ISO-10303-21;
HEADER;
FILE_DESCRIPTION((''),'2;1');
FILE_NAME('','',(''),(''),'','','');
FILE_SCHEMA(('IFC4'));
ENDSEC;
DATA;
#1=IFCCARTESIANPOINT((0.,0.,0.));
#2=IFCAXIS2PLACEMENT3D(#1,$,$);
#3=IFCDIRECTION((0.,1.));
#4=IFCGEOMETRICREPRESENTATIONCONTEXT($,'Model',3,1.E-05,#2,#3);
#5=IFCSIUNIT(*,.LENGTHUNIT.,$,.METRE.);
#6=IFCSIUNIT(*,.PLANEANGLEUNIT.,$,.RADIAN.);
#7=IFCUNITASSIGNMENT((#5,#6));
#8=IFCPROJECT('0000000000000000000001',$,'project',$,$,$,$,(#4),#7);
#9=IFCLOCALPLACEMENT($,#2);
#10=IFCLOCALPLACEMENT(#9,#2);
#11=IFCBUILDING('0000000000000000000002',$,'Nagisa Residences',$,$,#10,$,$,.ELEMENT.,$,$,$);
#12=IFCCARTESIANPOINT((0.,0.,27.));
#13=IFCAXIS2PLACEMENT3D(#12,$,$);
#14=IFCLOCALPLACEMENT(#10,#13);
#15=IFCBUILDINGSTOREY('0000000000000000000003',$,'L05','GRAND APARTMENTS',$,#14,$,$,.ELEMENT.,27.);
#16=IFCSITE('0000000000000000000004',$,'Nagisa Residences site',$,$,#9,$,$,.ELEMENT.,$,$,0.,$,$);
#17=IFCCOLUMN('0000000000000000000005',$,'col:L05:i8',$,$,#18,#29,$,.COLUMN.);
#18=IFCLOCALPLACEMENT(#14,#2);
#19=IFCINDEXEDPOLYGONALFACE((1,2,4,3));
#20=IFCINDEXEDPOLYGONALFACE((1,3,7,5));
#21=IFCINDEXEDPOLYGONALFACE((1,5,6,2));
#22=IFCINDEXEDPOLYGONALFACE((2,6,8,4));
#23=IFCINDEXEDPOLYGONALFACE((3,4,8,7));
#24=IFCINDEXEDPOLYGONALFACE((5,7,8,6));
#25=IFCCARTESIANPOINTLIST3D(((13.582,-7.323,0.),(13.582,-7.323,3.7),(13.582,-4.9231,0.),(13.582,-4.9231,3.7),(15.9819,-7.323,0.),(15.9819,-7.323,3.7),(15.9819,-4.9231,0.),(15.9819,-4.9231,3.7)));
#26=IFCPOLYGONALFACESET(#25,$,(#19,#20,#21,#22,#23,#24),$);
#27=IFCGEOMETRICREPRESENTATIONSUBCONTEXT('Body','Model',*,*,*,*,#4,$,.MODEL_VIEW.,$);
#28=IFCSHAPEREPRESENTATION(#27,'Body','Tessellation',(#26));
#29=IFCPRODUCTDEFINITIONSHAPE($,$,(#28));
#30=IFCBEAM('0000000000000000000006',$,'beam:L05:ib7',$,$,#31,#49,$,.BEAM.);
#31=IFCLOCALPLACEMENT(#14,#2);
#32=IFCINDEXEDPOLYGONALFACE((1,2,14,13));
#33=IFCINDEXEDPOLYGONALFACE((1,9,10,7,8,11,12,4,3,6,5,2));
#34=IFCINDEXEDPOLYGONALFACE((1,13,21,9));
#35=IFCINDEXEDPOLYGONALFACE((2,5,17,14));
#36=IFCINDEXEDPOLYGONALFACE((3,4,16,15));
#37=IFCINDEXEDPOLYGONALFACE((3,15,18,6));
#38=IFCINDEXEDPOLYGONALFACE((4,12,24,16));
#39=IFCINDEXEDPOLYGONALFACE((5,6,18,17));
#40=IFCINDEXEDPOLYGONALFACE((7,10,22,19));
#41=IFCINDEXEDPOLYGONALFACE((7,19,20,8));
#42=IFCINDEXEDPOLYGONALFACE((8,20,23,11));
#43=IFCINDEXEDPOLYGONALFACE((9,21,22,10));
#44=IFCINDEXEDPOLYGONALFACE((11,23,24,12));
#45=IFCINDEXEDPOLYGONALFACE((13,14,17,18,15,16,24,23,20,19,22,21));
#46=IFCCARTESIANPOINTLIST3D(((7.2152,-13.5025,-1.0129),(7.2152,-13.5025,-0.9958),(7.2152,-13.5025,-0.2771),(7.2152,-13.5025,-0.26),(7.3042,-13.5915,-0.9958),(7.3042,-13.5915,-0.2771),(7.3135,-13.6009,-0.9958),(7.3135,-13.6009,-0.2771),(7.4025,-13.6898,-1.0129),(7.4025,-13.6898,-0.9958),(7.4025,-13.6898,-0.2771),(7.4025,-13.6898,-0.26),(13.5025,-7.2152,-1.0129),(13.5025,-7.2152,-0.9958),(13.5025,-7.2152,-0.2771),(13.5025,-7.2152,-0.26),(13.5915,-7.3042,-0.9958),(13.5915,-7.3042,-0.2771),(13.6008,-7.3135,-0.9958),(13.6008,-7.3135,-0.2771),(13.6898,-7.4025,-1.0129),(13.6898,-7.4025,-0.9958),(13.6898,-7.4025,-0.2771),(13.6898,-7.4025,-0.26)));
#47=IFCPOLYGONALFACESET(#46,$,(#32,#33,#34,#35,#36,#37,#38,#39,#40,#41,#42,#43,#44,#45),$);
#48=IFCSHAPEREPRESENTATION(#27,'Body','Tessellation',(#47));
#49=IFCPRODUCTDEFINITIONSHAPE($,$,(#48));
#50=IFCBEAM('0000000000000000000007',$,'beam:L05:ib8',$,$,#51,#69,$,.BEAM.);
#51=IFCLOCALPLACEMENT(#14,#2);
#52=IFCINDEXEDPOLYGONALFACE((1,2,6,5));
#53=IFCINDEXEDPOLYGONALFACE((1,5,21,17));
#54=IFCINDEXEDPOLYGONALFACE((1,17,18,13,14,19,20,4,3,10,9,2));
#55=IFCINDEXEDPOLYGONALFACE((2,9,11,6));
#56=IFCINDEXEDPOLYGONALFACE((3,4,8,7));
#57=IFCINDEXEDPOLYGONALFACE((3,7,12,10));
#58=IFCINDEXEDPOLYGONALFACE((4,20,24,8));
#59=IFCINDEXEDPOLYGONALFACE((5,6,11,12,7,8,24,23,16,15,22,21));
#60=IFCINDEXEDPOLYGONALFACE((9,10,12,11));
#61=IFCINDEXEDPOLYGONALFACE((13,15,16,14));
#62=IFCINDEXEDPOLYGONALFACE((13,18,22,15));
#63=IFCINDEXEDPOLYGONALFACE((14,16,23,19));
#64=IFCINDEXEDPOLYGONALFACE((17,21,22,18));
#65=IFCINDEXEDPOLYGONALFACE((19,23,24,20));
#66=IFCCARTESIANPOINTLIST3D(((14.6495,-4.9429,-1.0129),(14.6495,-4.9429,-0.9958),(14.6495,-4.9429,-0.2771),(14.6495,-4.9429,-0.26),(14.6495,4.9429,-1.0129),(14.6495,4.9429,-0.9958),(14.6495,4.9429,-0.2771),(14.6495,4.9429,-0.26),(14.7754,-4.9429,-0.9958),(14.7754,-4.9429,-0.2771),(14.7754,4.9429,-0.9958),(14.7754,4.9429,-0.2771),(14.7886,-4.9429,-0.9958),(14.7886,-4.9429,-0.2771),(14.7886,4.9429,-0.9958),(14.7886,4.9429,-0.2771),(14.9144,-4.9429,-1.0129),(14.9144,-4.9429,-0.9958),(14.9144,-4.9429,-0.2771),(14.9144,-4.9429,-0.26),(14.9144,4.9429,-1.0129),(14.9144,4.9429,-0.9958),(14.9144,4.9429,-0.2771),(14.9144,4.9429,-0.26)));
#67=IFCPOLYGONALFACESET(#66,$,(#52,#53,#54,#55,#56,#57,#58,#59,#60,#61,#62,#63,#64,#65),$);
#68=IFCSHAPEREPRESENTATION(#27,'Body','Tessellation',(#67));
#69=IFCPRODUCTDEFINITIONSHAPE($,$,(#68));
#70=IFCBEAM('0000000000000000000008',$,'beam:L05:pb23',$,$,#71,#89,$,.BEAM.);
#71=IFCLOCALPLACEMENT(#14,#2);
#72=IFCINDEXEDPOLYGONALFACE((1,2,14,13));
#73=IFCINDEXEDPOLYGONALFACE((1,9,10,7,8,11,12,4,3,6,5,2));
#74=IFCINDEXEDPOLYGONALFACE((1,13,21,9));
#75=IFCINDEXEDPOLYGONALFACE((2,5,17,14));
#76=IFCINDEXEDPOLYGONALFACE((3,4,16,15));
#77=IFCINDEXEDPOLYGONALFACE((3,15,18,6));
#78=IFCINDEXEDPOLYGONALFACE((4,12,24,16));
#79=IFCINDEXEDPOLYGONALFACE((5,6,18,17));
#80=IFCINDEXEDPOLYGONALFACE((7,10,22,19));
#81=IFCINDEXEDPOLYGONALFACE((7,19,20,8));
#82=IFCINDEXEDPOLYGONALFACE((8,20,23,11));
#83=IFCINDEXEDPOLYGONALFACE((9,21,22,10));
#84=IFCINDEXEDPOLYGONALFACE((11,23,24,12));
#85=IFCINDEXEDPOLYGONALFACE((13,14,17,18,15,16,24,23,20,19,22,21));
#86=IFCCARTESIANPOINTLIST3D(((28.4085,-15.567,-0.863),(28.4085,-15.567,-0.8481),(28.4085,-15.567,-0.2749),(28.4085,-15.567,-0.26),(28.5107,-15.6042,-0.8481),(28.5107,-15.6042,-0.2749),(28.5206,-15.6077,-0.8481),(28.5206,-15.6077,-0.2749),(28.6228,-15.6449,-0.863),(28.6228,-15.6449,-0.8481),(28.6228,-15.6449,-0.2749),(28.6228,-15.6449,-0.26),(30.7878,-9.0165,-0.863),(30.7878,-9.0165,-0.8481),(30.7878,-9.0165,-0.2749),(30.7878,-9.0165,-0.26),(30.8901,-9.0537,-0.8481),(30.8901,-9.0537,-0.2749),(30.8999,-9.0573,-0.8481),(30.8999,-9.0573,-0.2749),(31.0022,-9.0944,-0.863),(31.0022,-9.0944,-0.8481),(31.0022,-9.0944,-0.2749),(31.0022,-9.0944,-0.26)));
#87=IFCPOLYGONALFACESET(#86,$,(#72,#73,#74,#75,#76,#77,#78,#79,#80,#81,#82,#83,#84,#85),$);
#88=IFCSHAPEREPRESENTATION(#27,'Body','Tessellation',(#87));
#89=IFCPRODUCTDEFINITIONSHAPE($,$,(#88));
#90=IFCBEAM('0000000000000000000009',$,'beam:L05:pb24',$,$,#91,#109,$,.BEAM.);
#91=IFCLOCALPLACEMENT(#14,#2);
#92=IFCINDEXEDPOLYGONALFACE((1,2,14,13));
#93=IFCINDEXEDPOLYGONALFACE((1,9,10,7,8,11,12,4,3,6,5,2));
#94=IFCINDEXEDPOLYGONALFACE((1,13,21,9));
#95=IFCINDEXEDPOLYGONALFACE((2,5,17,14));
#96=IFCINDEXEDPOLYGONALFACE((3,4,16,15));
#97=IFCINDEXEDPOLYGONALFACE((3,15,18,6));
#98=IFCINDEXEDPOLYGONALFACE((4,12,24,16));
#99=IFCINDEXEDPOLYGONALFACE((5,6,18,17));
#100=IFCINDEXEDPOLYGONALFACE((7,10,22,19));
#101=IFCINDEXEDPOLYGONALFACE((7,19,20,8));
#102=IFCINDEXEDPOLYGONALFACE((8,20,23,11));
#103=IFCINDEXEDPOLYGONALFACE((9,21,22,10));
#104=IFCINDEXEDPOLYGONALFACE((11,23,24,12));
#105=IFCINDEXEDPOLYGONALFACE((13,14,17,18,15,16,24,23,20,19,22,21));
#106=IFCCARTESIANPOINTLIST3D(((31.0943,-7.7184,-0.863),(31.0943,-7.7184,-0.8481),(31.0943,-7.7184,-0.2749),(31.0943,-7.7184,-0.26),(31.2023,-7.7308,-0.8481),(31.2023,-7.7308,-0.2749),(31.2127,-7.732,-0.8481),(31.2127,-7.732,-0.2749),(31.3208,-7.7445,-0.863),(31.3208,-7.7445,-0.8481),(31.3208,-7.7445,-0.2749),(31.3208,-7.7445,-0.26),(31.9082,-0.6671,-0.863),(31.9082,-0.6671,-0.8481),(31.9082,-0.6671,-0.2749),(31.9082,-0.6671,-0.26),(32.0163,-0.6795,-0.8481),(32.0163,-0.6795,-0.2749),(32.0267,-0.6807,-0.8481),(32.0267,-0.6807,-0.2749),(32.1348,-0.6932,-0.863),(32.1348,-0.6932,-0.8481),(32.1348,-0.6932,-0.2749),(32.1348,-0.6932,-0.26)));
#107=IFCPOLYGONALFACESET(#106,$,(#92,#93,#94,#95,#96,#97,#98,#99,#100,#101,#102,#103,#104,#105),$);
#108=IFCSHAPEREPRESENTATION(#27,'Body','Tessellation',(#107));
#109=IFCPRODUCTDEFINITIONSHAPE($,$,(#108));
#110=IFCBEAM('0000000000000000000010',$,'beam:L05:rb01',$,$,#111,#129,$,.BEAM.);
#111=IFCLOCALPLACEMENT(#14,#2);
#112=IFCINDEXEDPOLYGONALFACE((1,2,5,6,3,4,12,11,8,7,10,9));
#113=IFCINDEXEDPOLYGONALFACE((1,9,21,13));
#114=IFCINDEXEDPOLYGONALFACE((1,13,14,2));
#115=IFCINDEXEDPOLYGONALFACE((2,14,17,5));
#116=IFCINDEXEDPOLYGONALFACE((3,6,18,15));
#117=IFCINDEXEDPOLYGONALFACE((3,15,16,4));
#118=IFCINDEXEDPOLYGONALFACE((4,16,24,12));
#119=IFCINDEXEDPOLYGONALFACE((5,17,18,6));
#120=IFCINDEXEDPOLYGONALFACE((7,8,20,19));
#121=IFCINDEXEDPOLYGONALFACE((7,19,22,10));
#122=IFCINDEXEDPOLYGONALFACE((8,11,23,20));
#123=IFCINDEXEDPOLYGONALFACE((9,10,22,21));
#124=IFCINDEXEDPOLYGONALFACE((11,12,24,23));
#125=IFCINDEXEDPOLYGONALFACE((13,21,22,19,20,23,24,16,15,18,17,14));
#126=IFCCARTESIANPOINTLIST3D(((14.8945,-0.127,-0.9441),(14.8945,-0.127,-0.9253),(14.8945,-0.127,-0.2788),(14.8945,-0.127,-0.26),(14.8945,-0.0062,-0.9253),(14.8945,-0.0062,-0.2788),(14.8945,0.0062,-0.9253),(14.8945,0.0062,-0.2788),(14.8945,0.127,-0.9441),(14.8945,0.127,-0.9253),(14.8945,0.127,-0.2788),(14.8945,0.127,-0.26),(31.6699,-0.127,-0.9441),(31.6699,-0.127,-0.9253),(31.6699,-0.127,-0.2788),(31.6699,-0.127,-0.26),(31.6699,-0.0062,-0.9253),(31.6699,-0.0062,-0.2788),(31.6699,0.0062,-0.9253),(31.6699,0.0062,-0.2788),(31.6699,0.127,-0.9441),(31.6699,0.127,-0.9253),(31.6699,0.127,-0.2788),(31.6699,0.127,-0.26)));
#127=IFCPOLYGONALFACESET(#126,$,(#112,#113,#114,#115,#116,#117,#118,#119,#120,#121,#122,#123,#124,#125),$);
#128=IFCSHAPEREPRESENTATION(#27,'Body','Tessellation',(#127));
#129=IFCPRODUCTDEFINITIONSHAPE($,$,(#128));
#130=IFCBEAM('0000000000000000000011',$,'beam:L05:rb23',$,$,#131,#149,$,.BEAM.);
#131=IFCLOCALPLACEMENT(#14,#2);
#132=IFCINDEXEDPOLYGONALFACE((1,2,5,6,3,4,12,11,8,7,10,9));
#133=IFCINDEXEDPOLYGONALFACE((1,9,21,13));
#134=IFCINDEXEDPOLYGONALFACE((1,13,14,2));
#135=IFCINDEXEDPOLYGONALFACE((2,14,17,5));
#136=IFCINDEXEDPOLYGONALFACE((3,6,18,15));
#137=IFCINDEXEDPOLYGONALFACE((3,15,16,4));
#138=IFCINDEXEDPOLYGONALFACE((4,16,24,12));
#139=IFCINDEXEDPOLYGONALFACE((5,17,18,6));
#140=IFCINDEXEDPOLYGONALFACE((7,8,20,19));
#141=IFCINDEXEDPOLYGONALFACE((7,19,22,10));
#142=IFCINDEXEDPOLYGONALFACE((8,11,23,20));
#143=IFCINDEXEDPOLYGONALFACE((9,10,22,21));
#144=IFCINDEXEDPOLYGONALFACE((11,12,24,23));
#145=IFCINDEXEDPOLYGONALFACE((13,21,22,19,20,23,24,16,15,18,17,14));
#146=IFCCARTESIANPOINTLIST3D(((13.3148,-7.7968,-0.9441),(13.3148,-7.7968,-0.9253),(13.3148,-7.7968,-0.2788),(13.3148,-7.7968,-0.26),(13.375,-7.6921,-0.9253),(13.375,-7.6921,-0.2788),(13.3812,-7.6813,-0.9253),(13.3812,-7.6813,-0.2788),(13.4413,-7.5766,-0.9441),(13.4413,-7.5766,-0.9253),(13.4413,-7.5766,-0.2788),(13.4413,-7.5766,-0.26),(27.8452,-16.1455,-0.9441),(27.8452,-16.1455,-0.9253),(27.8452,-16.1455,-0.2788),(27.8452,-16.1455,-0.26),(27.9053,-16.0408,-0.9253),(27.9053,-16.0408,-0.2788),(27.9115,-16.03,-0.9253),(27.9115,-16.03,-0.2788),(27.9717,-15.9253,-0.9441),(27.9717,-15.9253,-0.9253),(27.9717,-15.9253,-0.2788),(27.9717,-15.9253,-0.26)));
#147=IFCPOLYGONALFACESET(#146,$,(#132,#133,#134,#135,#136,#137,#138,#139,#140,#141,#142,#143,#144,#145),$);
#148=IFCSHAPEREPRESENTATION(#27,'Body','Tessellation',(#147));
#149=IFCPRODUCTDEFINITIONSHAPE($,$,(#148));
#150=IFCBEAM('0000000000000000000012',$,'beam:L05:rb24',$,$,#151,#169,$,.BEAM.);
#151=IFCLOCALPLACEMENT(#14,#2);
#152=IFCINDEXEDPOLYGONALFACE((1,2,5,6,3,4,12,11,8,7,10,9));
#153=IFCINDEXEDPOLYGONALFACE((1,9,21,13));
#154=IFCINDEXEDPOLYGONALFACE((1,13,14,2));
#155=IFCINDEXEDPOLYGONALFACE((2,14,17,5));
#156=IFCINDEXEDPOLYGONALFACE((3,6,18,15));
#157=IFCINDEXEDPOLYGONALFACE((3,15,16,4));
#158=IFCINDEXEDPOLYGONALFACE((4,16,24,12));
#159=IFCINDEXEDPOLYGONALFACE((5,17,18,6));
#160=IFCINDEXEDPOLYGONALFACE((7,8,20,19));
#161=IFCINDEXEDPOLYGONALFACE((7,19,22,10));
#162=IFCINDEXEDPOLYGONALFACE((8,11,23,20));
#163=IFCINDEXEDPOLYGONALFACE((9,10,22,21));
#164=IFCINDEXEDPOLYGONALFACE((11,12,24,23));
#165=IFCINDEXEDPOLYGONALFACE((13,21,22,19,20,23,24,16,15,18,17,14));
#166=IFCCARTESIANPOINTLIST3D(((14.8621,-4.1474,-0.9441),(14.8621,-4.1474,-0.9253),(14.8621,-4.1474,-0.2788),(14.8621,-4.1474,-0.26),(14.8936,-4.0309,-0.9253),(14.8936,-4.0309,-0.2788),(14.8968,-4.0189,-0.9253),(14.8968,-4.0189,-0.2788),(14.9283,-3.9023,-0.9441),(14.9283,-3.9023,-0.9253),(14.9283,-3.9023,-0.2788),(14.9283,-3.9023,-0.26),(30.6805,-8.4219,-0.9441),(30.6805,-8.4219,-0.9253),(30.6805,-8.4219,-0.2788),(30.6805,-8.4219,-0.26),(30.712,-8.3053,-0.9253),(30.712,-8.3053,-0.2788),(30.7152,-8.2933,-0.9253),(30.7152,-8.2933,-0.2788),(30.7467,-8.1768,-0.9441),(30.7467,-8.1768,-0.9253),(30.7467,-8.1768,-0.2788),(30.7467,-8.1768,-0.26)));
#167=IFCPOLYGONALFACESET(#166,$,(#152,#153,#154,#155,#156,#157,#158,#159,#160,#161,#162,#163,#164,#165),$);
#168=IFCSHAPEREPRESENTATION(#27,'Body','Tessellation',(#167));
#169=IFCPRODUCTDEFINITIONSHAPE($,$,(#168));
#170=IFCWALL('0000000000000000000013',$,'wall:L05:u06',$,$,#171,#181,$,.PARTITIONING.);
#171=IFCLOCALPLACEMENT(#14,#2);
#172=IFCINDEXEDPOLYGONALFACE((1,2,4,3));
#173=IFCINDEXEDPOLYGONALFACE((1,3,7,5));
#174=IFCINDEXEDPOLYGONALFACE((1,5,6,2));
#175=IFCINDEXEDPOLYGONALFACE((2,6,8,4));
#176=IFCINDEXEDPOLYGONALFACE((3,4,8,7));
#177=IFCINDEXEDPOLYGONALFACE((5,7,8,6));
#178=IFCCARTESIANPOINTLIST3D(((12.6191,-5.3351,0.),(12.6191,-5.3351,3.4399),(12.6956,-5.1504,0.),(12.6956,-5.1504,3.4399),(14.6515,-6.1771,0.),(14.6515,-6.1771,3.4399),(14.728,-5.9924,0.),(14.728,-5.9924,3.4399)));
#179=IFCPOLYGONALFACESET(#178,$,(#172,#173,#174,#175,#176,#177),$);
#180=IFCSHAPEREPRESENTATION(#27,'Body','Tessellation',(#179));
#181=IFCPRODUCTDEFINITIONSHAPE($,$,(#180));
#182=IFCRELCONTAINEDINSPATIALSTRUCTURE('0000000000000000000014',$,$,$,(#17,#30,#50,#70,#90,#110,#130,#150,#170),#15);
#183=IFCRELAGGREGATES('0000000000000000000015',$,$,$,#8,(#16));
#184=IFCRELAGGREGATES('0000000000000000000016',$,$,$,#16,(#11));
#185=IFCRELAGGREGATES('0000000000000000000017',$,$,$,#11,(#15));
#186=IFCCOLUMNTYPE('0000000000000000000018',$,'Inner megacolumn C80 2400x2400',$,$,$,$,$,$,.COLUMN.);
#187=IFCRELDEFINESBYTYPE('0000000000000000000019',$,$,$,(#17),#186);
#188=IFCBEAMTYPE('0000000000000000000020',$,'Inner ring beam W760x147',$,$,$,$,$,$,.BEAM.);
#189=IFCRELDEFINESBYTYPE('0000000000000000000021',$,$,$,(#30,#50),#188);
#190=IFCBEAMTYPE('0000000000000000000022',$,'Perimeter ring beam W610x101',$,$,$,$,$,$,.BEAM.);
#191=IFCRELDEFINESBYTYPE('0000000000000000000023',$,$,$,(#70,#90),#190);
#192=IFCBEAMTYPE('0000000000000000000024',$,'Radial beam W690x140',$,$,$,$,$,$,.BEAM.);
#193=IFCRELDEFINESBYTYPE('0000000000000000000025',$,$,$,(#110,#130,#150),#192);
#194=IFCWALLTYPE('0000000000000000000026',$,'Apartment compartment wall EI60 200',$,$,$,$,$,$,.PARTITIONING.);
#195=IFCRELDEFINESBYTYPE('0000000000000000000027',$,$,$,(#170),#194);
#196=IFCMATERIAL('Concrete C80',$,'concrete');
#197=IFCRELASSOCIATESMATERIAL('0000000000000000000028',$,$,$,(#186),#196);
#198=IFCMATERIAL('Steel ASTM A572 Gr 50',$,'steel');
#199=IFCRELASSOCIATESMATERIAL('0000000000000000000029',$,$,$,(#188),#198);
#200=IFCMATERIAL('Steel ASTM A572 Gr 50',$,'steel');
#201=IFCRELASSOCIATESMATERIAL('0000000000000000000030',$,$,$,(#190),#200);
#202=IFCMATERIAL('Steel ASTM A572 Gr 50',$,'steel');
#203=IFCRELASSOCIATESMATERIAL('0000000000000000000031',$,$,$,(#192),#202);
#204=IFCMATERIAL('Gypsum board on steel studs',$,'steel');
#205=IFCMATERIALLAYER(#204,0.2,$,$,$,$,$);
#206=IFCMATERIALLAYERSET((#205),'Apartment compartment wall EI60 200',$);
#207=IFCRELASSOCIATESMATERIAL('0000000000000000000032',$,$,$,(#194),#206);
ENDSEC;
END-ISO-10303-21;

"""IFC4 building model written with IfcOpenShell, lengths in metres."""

from ifc_helpers import new_model, si_unit, direction, frame, frame_2d, origin, origin_2d, place, context, subcontext, project, spatial, rectangle, i_section, extrude, material, layer, layer_set, material_profile, profile_set, type_object, element, save


model = new_model("IFC4")

# Units and contexts
model_context = context("Model", 3, precision=1e-05, world=origin(), true_north=direction((0.0, 1.0)))
body_context = subcontext(model_context, "Body", "Model", "MODEL_VIEW")
ifc_project = project(units=[si_unit("LENGTHUNIT", "METRE"), si_unit("PLANEANGLEUNIT", "RADIAN")], contexts=[model_context])

# Site, building, storey
site_placement = place(None, origin())
site = spatial("IfcSite", under=ifc_project, at=site_placement, Name="Nagisa Residences site", CompositionType="ELEMENT", RefElevation=0.0)
building_placement = place(site_placement, origin())
building = spatial("IfcBuilding", under=site, at=building_placement, Name="Nagisa Residences", CompositionType="ELEMENT")
storey_placement = place(building_placement, frame((0.0, 0.0, 27.0)))
storey = spatial("IfcBuildingStorey", under=building, at=storey_placement, Name="L05", Description="GRAND APARTMENTS", CompositionType="ELEMENT", Elevation=27.0)

# Column
ifc_material_1 = material(Name="Concrete C80", Category="concrete")
ifc_material_profile_1 = material_profile(ifc_material_1, rectangle(XDim=2.3999, YDim=2.3999, at=origin_2d()), Name="C80 2400x2400")
ifc_profile_set_1 = profile_set([ifc_material_profile_1], Name="Concrete C80")
column_type = type_object("IfcColumnType", Name="Inner megacolumn C80 2400x2400", PredefinedType="COLUMN", material=ifc_profile_set_1)
column_placement = place(storey_placement, frame((14.782, -6.123, 0.0), z_axis=(0.0, 0.0, 1.0), x_axis=(1.0, 0.0, 0.0)))
element("IfcColumn", 1, at=column_placement, inside=storey, type_object=column_type, Name="col:L05:i8", PredefinedType="COLUMN", context=body_context, shape_type="SweptSolid", body=[
    extrude(rectangle(XDim=2.3999, YDim=2.3999, at=origin_2d()), origin(), (0.0, 0.0, 1.0), 3.7),
])

# Beams
ifc_material_2 = material(Name="Steel ASTM A572 Gr 50", Category="steel")
ifc_material_profile_2 = material_profile(ifc_material_2, i_section(OverallWidth=0.2649, OverallDepth=0.7529, WebThickness=0.0132, FlangeThickness=0.0171, at=origin_2d()), Name="W760x147")
ifc_profile_set_2 = profile_set([ifc_material_profile_2], Name="Steel ASTM A572 Gr 50")
beam_type_1 = type_object("IfcBeamType", Name="Inner ring beam W760x147", PredefinedType="BEAM", material=ifc_profile_set_2)
beam_1_placement = place(storey_placement, frame((7.3088, -13.5962, -0.6365), z_axis=(0.707107, 0.707107, 0.0), x_axis=(-0.707107, 0.707107, 0.0)))
element("IfcBeam", 2, at=beam_1_placement, inside=storey, type_object=beam_type_1, Name="beam:L05:ib7", PredefinedType="BEAM", context=body_context, shape_type="SweptSolid", body=[
    extrude(i_section(OverallWidth=0.2649, OverallDepth=0.7529, WebThickness=0.0132, FlangeThickness=0.0171, at=origin_2d()), origin(), (0.0, 0.0, 1.0), 8.8916),
])
beam_2_placement = place(storey_placement, frame((14.782, -4.9429, -0.6365), z_axis=(0.0, 1.0, 0.0), x_axis=(-1.0, 0.0, 0.0)))
element("IfcBeam", 3, at=beam_2_placement, inside=storey, type_object=beam_type_1, Name="beam:L05:ib8", PredefinedType="BEAM", context=body_context, shape_type="SweptSolid", body=[
    extrude(i_section(OverallWidth=0.2649, OverallDepth=0.7529, WebThickness=0.0132, FlangeThickness=0.0171, at=origin_2d()), origin(), (0.0, 0.0, 1.0), 9.8857),
])
ifc_material_3 = material(Name="Steel ASTM A572 Gr 50", Category="steel")
ifc_material_profile_3 = material_profile(ifc_material_3, i_section(OverallWidth=0.228, OverallDepth=0.603, WebThickness=0.0105, FlangeThickness=0.0149, at=origin_2d()), Name="W610x101")
ifc_profile_set_3 = profile_set([ifc_material_profile_3], Name="Steel ASTM A572 Gr 50")
beam_type_2 = type_object("IfcBeamType", Name="Perimeter ring beam W610x101", PredefinedType="BEAM", material=ifc_profile_set_3)
beam_3_placement = place(storey_placement, frame((28.5156, -15.606, -0.5615), z_axis=(0.341411, 0.939914, 0.0), x_axis=(-0.939914, 0.341411, 0.0)))
element("IfcBeam", 4, at=beam_3_placement, inside=storey, type_object=beam_type_2, Name="beam:L05:pb23", PredefinedType="BEAM", context=body_context, shape_type="SweptSolid", body=[
    extrude(i_section(OverallWidth=0.228, OverallDepth=0.603, WebThickness=0.0105, FlangeThickness=0.0149, at=origin_2d()), origin(), (0.0, 0.0, 1.0), 6.9692),
])
beam_4_placement = place(storey_placement, frame((31.2075, -7.7314, -0.5615), z_axis=(0.114674, 0.993403, 0.0), x_axis=(-0.993403, 0.114674, 0.0)))
element("IfcBeam", 5, at=beam_4_placement, inside=storey, type_object=beam_type_2, Name="beam:L05:pb24", PredefinedType="BEAM", context=body_context, shape_type="SweptSolid", body=[
    extrude(i_section(OverallWidth=0.228, OverallDepth=0.603, WebThickness=0.0105, FlangeThickness=0.0149, at=origin_2d()), origin(), (0.0, 0.0, 1.0), 7.0981),
])
ifc_material_4 = material(Name="Steel ASTM A572 Gr 50", Category="steel")
ifc_material_profile_4 = material_profile(ifc_material_4, i_section(OverallWidth=0.2539, OverallDepth=0.6841, WebThickness=0.0125, FlangeThickness=0.0188, at=origin_2d()), Name="W690x140")
ifc_profile_set_4 = profile_set([ifc_material_profile_4], Name="Steel ASTM A572 Gr 50")
beam_type_3 = type_object("IfcBeamType", Name="Radial beam W690x140", PredefinedType="BEAM", material=ifc_profile_set_4)
beam_5_placement = place(storey_placement, frame((31.6699, 0.0, -0.6021), z_axis=(-1.0, 0.0, 0.0), x_axis=(0.0, -1.0, 0.0)))
element("IfcBeam", 6, at=beam_5_placement, inside=storey, type_object=beam_type_3, Name="beam:L05:rb01", PredefinedType="BEAM", context=body_context, shape_type="SweptSolid", body=[
    extrude(i_section(OverallWidth=0.2539, OverallDepth=0.6841, WebThickness=0.0125, FlangeThickness=0.0188, at=origin_2d()), origin(), (0.0, 0.0, 1.0), 16.7754),
])
beam_6_placement = place(storey_placement, frame((27.9084, -16.0354, -0.6021), z_axis=(-0.867068, 0.49819, 0.0), x_axis=(-0.49819, -0.867068, 0.0)))
element("IfcBeam", 7, at=beam_6_placement, inside=storey, type_object=beam_type_3, Name="beam:L05:rb23", PredefinedType="BEAM", context=body_context, shape_type="SweptSolid", body=[
    extrude(i_section(OverallWidth=0.2539, OverallDepth=0.6841, WebThickness=0.0125, FlangeThickness=0.0188, at=origin_2d()), origin(), (0.0, 0.0, 1.0), 16.7581),
])
beam_7_placement = place(storey_placement, frame((30.7136, -8.2993, -0.6021), z_axis=(-0.965376, 0.260862, 0.0), x_axis=(-0.260862, -0.965376, 0.0)))
element("IfcBeam", 8, at=beam_7_placement, inside=storey, type_object=beam_type_3, Name="beam:L05:rb24", PredefinedType="BEAM", context=body_context, shape_type="SweptSolid", body=[
    extrude(i_section(OverallWidth=0.2539, OverallDepth=0.6841, WebThickness=0.0125, FlangeThickness=0.0188, at=origin_2d()), origin(), (0.0, 0.0, 1.0), 16.3857),
])

# Wall
ifc_material_5 = material(Name="Gypsum board on steel studs", Category="steel")
ifc_layer_1 = layer(ifc_material_5, 0.2)
ifc_layer_set_1 = layer_set([ifc_layer_1], Name="Apartment compartment wall EI60 200")
wall_type_1 = type_object("IfcWallType", Name="Apartment compartment wall EI60 200", PredefinedType="PARTITIONING", material=ifc_layer_set_1)
wall_1_placement = place(storey_placement, frame((12.6572, -5.2427, 0.0), z_axis=(0.0, 0.0, 1.0), x_axis=(0.923853, -0.382747, 0.0)))
element("IfcWall", 9, at=wall_1_placement, inside=storey, type_object=wall_type_1, Name="wall:L05:u06", PredefinedType="PARTITIONING", context=body_context, shape_type="SweptSolid", body=[
    extrude(rectangle(XDim=2.2, YDim=0.2, at=frame_2d((1.1001, 0.0))), origin(), (0.0, 0.0, 1.0), 3.4399),
])

save(model, "model.ifc")
